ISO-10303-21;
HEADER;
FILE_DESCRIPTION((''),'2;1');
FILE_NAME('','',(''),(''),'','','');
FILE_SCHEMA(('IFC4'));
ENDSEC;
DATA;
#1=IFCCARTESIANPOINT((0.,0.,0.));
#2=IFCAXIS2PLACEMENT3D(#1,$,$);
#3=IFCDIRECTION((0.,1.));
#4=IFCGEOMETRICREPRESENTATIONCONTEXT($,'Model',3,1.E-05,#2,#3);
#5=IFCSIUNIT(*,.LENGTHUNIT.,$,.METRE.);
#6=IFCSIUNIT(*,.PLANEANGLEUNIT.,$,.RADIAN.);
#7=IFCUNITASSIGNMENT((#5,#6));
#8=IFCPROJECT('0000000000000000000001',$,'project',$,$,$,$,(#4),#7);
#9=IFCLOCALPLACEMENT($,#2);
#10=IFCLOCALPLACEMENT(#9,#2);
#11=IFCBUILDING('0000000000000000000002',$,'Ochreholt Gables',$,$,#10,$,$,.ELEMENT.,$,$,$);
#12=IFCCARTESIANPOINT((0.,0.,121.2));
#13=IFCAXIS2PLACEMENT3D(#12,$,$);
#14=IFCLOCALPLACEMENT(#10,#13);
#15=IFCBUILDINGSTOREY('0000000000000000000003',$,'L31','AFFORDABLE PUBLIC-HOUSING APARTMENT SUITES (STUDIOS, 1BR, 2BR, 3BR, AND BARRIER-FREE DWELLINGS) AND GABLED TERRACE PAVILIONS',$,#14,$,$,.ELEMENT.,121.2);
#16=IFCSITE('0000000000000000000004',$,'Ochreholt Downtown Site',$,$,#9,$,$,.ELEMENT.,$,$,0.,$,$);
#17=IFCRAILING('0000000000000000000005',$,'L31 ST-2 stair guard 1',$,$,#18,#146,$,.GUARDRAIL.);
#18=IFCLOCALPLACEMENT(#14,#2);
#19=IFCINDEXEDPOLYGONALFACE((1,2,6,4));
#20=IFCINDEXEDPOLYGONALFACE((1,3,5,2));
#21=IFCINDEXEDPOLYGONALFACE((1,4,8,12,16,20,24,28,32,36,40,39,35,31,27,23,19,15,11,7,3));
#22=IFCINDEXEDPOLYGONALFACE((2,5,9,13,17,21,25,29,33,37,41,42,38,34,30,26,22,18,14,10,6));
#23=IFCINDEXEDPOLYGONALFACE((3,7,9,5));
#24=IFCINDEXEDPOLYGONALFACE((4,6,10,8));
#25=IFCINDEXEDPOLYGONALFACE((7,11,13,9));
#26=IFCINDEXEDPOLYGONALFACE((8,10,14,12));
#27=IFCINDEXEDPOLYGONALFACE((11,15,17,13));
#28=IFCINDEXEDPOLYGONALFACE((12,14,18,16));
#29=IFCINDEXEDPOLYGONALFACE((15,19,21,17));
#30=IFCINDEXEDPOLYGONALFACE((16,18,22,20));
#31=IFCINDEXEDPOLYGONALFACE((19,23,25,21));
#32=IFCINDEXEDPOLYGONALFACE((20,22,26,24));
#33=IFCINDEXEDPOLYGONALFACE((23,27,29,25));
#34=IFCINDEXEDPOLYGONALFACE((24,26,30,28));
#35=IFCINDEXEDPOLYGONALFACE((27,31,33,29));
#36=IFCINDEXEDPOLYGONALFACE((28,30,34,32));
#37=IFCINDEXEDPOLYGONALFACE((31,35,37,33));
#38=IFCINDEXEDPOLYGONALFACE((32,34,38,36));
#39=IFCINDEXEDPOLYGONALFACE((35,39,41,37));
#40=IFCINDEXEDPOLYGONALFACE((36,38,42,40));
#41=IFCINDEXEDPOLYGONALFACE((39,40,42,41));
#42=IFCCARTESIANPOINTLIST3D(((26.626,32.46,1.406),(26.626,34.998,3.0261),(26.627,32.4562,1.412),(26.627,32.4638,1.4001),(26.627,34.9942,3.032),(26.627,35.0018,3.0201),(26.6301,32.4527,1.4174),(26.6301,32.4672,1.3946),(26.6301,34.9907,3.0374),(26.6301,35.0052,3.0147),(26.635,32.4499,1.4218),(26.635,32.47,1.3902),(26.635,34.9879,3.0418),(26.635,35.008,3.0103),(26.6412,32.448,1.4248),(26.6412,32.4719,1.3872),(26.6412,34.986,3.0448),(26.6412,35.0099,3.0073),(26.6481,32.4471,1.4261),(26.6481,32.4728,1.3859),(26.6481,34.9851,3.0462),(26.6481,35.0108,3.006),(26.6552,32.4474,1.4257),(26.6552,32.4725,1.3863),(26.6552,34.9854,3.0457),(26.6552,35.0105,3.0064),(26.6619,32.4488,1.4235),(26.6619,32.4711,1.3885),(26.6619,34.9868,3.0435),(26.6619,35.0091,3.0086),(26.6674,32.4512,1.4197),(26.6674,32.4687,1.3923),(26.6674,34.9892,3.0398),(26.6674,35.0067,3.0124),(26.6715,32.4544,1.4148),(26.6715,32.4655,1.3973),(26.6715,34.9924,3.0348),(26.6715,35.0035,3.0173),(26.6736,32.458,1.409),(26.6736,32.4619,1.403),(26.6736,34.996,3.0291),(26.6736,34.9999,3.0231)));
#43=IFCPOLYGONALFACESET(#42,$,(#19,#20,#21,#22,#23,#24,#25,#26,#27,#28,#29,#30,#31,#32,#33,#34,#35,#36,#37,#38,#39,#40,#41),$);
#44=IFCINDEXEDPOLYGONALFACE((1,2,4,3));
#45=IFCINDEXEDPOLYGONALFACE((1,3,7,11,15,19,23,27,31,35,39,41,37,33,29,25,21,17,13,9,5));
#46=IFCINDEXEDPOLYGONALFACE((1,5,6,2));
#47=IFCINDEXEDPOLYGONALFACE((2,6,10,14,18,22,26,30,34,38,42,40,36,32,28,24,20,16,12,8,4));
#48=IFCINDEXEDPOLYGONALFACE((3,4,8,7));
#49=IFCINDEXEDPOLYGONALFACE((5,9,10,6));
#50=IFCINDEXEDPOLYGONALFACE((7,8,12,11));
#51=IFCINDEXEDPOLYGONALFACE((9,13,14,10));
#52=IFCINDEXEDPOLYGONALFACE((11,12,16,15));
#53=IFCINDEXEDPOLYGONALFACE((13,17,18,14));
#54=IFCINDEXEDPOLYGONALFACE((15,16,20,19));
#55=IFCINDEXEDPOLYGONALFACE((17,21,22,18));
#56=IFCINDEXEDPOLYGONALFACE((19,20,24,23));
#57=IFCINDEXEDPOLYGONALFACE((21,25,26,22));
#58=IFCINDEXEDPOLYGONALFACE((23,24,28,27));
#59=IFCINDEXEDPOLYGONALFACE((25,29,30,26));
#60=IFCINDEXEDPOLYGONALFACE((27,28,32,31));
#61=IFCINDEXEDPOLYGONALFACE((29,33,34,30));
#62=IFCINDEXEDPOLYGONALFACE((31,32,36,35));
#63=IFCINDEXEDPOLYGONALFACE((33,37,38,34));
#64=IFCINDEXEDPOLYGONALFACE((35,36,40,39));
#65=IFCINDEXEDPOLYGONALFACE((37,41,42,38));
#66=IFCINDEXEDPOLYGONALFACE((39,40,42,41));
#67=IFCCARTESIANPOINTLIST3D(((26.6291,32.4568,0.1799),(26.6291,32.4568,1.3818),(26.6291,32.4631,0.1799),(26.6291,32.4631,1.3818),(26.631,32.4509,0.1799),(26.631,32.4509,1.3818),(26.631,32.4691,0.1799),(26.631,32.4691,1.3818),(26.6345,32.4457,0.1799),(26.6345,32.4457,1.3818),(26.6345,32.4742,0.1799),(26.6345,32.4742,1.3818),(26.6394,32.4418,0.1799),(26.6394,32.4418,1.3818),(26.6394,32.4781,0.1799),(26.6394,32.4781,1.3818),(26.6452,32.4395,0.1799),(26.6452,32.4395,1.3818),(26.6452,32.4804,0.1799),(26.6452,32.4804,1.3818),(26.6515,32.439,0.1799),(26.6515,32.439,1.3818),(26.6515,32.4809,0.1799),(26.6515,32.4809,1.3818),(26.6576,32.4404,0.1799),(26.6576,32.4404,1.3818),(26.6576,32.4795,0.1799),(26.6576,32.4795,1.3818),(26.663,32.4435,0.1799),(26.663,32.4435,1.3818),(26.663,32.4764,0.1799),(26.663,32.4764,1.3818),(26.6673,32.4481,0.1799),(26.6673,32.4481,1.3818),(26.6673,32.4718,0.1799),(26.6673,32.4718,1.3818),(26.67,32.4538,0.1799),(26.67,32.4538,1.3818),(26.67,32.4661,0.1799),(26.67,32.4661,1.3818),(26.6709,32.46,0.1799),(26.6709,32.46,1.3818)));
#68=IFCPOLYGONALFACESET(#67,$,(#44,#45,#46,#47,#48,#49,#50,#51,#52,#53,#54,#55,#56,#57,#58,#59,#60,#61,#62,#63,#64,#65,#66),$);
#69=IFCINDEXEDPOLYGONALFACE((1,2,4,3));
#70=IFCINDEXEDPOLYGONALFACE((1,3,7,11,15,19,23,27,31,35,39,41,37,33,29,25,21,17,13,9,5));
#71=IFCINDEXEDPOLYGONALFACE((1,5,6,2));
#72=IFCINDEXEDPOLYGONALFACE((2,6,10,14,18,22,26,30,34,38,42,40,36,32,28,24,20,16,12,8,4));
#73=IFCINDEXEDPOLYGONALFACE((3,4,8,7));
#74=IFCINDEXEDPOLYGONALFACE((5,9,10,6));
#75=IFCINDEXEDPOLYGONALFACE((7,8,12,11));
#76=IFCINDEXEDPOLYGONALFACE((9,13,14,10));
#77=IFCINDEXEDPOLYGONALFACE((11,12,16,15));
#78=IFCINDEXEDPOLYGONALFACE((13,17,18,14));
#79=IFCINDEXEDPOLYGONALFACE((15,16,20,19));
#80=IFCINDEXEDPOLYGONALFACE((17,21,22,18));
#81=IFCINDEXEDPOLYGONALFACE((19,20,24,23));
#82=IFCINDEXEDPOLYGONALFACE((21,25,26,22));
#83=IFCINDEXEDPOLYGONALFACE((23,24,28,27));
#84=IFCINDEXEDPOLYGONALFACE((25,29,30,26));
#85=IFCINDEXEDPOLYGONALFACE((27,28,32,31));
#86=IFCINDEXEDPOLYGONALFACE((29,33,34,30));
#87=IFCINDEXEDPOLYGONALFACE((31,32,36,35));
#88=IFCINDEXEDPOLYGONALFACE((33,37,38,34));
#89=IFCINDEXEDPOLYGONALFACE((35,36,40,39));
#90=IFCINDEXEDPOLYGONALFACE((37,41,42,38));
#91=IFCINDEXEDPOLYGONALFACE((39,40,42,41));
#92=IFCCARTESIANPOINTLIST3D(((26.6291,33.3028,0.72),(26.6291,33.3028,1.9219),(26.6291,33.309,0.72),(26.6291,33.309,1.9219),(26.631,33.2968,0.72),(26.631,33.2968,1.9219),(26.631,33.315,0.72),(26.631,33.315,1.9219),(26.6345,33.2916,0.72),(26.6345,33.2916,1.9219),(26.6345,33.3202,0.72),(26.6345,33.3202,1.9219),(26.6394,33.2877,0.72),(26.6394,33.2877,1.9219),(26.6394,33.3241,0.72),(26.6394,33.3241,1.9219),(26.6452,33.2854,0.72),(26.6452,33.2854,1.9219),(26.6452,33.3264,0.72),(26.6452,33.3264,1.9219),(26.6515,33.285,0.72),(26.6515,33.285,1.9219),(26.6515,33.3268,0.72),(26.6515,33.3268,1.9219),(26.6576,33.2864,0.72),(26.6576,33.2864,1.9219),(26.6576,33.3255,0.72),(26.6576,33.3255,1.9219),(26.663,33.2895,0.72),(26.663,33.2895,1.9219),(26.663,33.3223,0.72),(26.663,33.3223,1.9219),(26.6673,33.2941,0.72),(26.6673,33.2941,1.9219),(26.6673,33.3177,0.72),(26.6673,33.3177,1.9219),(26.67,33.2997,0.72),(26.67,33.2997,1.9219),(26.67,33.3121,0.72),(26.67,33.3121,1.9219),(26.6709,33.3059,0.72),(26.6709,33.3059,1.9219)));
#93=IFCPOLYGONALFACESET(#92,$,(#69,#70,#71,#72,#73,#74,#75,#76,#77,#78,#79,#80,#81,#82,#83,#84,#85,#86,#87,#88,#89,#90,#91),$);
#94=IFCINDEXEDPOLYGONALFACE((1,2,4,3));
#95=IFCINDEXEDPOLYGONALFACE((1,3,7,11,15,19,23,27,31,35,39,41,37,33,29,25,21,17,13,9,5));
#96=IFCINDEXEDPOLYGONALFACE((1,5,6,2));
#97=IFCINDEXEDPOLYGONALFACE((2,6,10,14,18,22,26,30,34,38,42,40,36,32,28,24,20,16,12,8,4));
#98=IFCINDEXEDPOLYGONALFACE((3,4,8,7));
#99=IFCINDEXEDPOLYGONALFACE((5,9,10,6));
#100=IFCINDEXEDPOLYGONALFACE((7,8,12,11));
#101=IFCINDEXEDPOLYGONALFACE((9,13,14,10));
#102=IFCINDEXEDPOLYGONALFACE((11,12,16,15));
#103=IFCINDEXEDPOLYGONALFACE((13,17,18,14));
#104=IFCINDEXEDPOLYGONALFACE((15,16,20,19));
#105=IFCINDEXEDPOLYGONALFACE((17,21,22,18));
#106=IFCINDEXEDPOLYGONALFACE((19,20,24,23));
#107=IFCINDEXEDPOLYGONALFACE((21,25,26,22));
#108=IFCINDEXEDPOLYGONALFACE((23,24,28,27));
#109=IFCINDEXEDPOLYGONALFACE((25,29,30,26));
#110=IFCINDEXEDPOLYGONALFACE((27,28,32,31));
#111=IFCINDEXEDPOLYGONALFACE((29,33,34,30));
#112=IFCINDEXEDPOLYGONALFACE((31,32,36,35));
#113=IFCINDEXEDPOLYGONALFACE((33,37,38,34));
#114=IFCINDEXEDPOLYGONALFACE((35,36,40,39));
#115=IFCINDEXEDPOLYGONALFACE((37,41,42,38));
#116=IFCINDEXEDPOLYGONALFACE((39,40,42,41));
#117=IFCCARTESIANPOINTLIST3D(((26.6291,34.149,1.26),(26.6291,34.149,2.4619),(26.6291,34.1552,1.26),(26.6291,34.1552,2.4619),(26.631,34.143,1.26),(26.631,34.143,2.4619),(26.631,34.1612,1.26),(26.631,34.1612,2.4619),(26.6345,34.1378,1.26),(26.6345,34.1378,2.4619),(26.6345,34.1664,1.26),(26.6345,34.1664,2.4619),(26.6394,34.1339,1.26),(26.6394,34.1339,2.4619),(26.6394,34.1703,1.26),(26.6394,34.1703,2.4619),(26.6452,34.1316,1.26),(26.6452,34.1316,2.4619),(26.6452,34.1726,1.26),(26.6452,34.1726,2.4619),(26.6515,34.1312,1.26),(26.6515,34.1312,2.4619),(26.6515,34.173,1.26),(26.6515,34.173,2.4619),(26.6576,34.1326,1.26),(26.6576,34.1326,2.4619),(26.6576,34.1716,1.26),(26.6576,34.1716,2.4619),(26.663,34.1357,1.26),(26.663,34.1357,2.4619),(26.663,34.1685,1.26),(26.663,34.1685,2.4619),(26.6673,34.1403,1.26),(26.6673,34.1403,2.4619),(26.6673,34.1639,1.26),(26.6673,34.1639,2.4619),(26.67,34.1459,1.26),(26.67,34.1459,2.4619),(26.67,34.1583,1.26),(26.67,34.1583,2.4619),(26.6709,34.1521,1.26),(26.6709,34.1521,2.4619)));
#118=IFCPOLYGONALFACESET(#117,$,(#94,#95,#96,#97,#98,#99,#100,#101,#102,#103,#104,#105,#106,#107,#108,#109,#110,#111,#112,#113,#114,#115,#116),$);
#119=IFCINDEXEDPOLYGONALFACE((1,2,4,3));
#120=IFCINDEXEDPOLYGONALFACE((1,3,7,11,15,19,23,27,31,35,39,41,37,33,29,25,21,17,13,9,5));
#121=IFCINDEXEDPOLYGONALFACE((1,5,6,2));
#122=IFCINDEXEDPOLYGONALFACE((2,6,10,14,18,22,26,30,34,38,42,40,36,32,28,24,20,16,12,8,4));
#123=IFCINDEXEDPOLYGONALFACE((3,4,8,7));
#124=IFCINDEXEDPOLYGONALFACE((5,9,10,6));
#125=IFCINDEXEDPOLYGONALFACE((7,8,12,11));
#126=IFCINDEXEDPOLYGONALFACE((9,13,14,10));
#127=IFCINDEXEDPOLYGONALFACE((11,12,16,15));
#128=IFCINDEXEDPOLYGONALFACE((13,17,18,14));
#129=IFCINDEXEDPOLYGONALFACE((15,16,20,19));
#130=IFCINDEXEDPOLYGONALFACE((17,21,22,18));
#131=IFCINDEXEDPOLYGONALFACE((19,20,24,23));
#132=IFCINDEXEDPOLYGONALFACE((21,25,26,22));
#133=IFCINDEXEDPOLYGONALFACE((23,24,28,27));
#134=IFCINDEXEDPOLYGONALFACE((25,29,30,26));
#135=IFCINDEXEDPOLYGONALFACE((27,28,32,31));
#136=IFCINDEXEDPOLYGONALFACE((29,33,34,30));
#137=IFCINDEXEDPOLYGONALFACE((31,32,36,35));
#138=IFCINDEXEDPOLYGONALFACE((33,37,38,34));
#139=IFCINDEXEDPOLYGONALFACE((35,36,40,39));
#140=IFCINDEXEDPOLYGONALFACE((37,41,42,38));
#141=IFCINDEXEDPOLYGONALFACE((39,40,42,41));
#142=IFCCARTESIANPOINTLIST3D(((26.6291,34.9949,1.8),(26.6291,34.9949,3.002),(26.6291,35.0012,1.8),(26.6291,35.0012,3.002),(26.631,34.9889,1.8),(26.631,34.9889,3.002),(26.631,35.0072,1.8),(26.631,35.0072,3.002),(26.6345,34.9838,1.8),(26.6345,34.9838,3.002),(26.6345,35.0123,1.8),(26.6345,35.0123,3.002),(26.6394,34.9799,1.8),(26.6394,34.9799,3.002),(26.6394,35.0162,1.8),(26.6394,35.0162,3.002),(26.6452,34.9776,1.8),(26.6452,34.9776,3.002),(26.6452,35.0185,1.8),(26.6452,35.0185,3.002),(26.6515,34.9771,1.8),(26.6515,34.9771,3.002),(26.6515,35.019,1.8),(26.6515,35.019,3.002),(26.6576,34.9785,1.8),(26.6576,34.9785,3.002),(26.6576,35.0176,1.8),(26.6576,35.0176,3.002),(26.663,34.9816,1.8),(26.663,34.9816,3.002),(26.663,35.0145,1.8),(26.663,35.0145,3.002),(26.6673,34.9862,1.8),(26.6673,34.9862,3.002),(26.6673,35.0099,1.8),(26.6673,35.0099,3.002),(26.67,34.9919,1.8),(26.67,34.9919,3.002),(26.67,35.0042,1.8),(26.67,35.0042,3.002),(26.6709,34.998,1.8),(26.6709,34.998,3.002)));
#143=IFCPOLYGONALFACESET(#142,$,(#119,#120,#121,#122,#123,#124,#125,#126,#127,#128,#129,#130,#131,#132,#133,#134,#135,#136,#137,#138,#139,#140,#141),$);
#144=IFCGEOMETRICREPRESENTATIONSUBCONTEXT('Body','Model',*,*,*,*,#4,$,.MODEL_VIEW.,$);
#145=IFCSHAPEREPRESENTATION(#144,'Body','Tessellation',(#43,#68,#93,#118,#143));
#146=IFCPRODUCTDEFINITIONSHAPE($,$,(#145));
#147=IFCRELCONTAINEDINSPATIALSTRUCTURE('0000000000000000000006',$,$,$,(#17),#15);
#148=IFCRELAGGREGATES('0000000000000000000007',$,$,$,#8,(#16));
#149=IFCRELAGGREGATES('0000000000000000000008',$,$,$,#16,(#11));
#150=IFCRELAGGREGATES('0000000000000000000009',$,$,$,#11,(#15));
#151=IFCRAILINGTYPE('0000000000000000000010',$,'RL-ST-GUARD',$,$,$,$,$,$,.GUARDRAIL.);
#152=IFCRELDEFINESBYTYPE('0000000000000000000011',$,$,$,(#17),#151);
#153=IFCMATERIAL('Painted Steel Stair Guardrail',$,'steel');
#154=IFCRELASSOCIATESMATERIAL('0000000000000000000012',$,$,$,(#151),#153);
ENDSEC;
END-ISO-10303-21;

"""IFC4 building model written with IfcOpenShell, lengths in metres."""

from ifc_helpers import new_model, si_unit, direction, frame, origin, origin_2d, place, context, subcontext, project, spatial, circle, extrude, material, type_object, element, save


model = new_model("IFC4")

# Units and contexts
model_context = context("Model", 3, precision=1e-05, world=origin(), true_north=direction((0.0, 1.0)))
body_context = subcontext(model_context, "Body", "Model", "MODEL_VIEW")
ifc_project = project(units=[si_unit("LENGTHUNIT", "METRE"), si_unit("PLANEANGLEUNIT", "RADIAN")], contexts=[model_context])

# Site, building, storey
site_placement = place(None, origin())
site = spatial("IfcSite", under=ifc_project, at=site_placement, Name="Ochreholt Downtown Site", CompositionType="ELEMENT", RefElevation=0.0)
building_placement = place(site_placement, origin())
building = spatial("IfcBuilding", under=site, at=building_placement, Name="Ochreholt Gables", CompositionType="ELEMENT")
storey_placement = place(building_placement, frame((0.0, 0.0, 121.2)))
storey = spatial("IfcBuildingStorey", under=building, at=storey_placement, Name="L31", Description="AFFORDABLE PUBLIC-HOUSING APARTMENT SUITES (STUDIOS, 1BR, 2BR, 3BR, AND BARRIER-FREE DWELLINGS) AND GABLED TERRACE PAVILIONS", CompositionType="ELEMENT", Elevation=121.2)

# Railing
ifc_material_1 = material(Name="Painted Steel Stair Guardrail", Category="steel")
railing_type = type_object("IfcRailingType", Name="RL-ST-GUARD", PredefinedType="GUARDRAIL", material=ifc_material_1)
railing_1_placement = place(storey_placement, frame((26.6499, 32.46, 0.1799)))
element("IfcRailing", 1, at=railing_1_placement, inside=storey, type_object=railing_type, Name="L31 ST-2 stair guard 1", PredefinedType="GUARDRAIL", context=body_context, shape_type="SweptSolid", body=[
    extrude(circle(Radius=0.0239, at=origin_2d()), frame((0.0, 0.0, 1.2261), z_axis=(0.0, 0.842913, 0.53805), x_axis=(-1.0, 0.0, 0.0)), (0.0, 0.0, 1.0), 3.011),
    extrude(circle(Radius=0.021, at=origin_2d()), origin(), (0.0, 0.0, 1.0), 1.2019),
    extrude(circle(Radius=0.021, at=origin_2d()), frame((0.0, 0.8459, 0.54)), (0.0, 0.0, 1.0), 1.2019),
    extrude(circle(Radius=0.021, at=origin_2d()), frame((0.0, 1.6921, 1.0801)), (0.0, 0.0, 1.0), 1.2019),
    extrude(circle(Radius=0.021, at=origin_2d()), frame((0.0, 2.5381, 1.6201)), (0.0, 0.0, 1.0), 1.2019),
])

save(model, "model.ifc")
